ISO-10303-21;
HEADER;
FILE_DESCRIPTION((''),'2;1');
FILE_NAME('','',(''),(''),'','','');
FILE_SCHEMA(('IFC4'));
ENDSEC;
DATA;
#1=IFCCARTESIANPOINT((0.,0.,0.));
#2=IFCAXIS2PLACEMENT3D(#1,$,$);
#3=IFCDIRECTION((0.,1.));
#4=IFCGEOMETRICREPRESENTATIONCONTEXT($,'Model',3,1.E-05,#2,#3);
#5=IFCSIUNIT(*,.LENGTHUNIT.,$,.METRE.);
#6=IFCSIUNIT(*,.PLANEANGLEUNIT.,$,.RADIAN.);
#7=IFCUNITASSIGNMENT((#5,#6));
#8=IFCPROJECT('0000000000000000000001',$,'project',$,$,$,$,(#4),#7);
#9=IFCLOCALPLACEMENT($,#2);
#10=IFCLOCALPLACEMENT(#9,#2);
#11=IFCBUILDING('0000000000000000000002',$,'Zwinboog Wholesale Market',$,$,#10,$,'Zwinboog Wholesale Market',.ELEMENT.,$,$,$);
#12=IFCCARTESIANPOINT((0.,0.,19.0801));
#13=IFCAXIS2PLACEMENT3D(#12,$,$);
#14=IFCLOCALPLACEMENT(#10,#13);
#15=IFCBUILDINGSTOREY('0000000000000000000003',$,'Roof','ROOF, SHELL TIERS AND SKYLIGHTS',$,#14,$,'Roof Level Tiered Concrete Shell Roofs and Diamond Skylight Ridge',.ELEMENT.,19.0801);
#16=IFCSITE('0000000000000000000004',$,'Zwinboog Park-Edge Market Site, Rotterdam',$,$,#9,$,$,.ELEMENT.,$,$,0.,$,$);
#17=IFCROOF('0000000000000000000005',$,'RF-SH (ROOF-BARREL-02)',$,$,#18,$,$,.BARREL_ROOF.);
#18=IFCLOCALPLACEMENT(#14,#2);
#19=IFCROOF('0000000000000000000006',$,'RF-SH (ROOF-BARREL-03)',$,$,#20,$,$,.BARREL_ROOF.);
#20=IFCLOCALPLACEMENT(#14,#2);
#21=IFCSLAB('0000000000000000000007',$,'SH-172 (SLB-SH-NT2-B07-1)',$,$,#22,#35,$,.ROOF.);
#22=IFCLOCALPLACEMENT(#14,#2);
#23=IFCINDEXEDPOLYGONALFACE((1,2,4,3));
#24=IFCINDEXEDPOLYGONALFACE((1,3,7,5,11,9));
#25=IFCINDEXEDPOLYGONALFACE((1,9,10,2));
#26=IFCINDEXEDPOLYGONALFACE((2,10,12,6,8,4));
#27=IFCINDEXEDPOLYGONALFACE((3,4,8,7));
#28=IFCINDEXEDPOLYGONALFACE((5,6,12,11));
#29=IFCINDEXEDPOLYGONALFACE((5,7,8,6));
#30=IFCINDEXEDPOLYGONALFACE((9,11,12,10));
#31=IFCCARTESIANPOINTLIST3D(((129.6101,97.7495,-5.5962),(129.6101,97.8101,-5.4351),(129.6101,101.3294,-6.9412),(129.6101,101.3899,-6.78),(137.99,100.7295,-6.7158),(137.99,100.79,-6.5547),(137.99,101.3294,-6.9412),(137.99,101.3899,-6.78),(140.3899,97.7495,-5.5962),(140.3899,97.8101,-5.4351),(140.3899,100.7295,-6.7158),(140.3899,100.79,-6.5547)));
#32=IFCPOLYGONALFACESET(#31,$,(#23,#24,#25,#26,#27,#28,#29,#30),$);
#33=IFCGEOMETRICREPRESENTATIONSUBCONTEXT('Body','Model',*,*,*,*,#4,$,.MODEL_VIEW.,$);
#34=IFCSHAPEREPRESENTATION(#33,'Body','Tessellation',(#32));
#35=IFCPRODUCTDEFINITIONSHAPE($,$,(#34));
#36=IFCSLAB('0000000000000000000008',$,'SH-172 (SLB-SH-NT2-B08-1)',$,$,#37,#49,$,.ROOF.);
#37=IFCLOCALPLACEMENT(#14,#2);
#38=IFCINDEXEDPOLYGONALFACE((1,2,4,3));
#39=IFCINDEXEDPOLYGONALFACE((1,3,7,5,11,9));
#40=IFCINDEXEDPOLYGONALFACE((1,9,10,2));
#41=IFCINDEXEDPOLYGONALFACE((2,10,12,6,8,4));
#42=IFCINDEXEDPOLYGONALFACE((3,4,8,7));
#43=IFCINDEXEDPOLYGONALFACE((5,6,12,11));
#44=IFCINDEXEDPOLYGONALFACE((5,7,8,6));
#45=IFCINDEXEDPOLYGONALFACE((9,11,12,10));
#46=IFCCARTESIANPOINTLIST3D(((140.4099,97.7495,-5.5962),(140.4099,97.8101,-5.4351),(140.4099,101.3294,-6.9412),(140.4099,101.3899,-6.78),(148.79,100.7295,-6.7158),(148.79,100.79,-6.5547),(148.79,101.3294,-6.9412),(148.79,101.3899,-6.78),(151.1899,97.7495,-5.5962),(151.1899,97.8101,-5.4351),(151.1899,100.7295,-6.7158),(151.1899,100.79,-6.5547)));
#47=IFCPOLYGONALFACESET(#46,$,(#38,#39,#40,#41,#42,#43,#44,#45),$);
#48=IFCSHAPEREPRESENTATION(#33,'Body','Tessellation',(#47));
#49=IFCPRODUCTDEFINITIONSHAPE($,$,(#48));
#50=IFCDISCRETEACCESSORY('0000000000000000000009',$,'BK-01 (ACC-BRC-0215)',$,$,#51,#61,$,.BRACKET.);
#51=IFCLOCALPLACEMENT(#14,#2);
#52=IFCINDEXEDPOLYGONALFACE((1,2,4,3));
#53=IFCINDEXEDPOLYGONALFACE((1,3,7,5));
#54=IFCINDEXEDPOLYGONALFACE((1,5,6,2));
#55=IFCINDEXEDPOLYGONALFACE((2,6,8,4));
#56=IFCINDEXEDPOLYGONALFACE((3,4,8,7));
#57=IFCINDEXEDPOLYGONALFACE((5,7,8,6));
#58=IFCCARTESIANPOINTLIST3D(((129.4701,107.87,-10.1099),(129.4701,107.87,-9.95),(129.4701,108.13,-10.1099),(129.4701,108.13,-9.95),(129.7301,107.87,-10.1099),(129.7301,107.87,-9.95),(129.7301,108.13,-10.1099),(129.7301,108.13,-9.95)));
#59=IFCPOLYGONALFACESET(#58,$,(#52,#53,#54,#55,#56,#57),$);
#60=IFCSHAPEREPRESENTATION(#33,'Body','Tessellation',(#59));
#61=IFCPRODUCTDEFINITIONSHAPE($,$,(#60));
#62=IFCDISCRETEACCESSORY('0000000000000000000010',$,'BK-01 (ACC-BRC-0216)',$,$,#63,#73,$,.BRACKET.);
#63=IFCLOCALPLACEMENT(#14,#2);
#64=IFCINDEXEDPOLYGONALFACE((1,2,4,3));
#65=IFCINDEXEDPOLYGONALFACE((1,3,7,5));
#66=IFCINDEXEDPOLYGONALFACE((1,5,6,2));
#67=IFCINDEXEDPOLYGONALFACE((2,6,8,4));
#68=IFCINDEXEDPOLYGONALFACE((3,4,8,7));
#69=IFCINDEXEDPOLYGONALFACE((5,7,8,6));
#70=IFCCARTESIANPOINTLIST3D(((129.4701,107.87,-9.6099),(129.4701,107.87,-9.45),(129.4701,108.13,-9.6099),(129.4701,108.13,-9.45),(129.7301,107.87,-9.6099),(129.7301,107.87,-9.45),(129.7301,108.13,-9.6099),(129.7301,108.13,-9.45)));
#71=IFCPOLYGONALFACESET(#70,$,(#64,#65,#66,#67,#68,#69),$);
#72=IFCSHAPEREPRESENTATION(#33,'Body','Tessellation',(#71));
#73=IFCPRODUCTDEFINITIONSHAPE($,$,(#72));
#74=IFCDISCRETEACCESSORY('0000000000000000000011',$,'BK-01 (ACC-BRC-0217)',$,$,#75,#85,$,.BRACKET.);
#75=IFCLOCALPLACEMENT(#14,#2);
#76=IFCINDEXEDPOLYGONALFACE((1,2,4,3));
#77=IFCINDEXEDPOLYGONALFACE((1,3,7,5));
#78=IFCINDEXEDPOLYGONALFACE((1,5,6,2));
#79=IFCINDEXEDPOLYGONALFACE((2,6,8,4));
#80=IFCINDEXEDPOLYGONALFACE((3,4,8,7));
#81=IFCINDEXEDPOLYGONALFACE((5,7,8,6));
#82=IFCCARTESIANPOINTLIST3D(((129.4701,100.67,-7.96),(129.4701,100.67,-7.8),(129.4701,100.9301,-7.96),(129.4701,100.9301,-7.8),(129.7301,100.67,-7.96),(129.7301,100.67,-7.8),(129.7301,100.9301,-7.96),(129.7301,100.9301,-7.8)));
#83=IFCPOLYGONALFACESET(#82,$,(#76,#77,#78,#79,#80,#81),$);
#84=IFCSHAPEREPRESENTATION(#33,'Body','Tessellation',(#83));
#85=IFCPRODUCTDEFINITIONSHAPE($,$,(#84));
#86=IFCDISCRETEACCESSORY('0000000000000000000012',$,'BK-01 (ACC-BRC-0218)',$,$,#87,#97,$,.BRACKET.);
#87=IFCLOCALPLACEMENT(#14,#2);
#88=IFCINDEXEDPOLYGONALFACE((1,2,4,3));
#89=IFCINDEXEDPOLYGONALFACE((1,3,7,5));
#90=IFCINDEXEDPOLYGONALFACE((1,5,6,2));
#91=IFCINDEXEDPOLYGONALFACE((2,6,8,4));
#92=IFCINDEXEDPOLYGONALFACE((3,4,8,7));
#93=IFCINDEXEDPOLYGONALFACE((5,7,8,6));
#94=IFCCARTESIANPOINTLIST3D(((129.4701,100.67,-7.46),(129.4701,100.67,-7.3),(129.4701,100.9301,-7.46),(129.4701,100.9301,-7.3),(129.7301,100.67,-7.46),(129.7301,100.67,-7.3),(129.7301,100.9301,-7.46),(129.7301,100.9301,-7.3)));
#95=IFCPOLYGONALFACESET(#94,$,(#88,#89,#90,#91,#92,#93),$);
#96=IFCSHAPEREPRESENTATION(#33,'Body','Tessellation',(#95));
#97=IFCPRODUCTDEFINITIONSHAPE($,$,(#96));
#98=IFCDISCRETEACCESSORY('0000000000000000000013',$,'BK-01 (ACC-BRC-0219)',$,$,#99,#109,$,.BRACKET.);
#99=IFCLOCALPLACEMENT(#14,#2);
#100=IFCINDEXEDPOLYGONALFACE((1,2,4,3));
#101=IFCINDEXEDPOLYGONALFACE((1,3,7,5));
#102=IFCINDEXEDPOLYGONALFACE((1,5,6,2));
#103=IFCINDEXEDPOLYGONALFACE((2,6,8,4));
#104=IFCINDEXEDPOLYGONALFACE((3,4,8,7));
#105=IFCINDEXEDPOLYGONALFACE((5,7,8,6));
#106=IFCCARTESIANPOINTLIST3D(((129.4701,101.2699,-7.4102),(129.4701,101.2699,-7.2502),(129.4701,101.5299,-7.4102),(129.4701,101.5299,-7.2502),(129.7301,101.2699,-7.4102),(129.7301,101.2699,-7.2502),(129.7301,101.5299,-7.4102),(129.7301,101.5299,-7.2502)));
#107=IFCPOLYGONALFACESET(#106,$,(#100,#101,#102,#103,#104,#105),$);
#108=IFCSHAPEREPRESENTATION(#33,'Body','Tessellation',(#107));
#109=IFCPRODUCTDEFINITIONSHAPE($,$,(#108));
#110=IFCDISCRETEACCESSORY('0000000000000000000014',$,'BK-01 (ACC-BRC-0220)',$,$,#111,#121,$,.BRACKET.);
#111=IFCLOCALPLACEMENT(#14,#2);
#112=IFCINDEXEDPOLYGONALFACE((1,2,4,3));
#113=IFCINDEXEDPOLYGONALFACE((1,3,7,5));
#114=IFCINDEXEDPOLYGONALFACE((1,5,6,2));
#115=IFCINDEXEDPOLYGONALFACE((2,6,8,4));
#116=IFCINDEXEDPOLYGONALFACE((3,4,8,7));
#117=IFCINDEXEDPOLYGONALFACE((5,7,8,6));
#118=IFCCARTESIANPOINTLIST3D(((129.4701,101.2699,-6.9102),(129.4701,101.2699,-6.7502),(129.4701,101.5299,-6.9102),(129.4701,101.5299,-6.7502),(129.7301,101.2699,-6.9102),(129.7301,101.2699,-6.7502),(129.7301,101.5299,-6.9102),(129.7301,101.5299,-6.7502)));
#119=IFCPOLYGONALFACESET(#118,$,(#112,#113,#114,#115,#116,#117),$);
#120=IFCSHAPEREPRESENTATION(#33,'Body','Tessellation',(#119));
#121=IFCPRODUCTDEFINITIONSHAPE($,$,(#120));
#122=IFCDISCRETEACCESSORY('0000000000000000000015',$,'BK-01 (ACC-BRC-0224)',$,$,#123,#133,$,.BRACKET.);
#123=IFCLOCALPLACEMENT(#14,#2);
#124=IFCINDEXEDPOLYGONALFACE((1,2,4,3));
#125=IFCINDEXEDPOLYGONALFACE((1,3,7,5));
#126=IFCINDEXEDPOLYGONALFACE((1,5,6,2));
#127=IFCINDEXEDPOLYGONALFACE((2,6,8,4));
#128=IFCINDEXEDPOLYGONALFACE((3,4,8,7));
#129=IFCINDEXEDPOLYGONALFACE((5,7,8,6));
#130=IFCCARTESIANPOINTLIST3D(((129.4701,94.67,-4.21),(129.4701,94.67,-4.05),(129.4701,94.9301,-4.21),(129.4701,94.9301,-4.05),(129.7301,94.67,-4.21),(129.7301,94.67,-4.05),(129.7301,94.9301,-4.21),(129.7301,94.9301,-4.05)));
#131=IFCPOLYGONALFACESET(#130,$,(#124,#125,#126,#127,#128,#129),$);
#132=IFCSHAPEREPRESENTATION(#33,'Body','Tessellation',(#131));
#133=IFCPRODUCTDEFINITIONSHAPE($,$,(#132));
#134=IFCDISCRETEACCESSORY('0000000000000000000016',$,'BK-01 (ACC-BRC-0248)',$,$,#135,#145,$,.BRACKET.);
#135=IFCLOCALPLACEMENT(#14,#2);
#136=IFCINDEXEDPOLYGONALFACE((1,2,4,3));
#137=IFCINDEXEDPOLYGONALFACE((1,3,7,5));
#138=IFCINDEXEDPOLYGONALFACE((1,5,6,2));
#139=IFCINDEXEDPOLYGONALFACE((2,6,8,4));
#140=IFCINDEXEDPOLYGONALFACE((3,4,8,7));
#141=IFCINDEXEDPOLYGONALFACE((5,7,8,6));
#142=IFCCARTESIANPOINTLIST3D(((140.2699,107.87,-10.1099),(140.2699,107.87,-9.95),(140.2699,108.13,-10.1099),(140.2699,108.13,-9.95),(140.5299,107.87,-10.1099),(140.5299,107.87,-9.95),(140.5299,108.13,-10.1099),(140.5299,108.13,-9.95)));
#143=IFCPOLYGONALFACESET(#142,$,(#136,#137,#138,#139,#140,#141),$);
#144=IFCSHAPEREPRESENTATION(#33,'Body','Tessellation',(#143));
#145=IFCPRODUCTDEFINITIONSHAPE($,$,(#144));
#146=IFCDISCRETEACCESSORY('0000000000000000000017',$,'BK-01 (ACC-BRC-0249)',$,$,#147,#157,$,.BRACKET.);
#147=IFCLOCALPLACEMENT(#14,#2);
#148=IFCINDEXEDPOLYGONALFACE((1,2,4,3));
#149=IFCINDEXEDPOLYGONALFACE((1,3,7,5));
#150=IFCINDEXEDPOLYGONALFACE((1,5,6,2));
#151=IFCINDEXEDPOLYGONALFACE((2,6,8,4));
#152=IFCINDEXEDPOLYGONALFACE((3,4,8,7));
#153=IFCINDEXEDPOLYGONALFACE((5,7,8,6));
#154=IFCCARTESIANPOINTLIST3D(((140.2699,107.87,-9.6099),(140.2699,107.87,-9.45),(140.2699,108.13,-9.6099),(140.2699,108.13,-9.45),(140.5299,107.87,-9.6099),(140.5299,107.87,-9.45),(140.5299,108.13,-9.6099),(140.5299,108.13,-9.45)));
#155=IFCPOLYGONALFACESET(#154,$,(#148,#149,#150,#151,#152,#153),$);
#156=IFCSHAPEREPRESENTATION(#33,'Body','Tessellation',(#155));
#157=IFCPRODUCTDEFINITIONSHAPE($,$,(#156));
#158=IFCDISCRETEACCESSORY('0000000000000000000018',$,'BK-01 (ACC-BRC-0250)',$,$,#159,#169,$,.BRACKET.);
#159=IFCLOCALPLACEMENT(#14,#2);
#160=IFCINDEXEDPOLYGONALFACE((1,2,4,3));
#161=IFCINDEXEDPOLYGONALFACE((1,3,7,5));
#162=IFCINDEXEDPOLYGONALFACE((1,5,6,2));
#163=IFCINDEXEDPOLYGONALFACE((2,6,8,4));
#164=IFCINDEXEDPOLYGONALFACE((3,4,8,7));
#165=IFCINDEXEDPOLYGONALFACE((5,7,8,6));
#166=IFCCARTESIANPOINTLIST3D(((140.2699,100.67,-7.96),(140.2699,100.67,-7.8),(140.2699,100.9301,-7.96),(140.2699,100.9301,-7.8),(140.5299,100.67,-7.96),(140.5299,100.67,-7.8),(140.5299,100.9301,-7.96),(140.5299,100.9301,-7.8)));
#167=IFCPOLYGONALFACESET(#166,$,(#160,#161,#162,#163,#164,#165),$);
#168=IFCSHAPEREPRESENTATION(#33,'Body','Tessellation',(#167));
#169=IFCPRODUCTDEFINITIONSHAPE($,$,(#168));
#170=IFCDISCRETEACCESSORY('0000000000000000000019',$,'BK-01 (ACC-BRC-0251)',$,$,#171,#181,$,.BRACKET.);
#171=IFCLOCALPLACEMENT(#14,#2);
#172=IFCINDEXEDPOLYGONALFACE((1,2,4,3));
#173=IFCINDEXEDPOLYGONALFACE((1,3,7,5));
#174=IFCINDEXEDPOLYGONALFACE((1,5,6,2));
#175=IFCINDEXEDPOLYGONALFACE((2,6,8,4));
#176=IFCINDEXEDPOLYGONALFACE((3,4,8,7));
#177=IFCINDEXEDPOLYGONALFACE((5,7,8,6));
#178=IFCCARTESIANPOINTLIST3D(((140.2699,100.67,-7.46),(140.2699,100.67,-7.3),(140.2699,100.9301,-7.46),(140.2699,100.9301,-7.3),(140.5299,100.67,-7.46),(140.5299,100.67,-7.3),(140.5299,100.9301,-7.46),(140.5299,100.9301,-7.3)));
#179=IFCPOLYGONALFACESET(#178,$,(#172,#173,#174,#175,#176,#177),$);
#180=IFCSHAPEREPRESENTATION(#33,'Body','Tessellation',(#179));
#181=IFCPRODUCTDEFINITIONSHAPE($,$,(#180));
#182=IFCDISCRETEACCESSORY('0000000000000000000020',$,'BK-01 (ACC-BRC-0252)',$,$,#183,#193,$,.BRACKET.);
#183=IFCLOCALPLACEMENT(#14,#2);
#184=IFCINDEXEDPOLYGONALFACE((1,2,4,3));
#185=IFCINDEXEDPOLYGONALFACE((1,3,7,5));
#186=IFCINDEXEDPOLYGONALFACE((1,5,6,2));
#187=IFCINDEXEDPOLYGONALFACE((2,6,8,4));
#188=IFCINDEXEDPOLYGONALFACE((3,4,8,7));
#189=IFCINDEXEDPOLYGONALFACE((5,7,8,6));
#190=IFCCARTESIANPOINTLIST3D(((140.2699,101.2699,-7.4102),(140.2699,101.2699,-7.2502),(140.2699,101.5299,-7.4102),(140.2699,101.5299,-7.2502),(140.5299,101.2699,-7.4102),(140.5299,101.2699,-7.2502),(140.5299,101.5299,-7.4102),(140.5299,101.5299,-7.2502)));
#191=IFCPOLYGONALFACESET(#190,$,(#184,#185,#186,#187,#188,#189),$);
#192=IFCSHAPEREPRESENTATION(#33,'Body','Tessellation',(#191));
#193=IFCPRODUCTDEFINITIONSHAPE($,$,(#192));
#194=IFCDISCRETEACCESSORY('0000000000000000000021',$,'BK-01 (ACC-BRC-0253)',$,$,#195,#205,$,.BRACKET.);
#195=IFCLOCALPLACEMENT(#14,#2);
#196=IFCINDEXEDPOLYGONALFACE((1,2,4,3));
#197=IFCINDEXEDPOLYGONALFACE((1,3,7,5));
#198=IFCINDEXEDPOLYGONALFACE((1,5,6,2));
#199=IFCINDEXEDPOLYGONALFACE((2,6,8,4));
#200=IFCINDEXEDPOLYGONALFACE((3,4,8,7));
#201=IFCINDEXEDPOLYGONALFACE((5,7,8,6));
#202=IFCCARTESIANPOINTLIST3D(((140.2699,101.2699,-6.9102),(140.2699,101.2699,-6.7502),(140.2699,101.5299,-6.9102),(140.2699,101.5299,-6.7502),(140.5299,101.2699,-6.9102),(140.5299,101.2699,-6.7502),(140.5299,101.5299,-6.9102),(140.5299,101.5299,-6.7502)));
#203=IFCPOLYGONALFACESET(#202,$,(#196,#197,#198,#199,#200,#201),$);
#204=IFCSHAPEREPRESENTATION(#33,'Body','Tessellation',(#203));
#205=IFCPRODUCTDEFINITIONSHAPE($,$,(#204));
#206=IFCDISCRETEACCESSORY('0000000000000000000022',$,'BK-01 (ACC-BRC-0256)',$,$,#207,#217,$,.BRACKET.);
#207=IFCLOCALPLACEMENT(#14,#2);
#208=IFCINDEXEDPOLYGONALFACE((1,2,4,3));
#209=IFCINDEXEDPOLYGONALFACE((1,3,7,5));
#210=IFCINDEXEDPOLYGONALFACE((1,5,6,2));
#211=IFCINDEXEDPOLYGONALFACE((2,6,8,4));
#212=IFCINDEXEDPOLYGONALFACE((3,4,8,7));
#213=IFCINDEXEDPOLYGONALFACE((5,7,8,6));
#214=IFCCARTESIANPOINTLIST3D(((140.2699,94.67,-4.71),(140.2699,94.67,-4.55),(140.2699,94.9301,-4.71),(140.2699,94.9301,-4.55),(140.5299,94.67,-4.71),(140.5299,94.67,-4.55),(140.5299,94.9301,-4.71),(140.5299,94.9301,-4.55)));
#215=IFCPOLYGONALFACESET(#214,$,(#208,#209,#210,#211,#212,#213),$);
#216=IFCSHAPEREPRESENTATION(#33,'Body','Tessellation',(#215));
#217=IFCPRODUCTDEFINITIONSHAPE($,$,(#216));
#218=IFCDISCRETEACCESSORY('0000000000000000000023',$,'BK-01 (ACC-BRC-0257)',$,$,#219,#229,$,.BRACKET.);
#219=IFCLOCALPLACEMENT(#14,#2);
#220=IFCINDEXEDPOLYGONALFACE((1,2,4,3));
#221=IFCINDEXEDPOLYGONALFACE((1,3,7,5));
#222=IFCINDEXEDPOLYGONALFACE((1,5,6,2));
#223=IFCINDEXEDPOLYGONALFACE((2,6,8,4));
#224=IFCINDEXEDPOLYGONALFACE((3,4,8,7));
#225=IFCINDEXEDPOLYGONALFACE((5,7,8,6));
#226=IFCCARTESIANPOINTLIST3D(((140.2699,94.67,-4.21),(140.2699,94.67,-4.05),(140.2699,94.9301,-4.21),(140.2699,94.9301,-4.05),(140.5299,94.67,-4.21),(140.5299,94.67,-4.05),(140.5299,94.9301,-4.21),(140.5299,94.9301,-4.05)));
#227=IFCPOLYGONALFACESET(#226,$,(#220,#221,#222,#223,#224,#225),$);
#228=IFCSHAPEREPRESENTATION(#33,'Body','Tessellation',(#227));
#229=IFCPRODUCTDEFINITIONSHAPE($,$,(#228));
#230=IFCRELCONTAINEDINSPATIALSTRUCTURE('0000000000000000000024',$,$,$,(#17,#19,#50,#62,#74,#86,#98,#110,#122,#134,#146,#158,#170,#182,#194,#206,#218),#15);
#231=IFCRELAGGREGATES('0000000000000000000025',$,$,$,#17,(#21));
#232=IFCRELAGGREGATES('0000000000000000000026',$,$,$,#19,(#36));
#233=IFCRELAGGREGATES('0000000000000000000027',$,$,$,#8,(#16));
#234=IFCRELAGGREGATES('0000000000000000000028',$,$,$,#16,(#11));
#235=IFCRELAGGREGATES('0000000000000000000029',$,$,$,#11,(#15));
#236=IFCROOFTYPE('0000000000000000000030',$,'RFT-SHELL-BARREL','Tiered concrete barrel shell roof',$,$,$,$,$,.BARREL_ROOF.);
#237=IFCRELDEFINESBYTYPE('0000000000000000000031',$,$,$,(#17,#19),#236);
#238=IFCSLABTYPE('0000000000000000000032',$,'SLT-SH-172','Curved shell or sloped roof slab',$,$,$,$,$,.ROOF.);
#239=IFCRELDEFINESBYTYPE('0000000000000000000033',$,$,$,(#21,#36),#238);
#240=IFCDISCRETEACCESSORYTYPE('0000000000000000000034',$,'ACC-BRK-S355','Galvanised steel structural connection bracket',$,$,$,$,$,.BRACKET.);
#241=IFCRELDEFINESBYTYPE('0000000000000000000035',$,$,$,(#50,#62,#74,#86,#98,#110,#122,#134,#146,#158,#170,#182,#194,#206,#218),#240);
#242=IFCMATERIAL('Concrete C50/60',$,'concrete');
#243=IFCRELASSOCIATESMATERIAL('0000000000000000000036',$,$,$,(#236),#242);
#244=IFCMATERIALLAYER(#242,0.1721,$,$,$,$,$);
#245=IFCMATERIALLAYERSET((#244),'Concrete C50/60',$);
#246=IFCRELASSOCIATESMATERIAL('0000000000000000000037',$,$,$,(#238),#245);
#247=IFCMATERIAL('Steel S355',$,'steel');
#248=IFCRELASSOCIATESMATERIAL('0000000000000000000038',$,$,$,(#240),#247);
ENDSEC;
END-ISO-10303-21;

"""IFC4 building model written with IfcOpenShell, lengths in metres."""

from ifc_helpers import new_model, si_unit, direction, frame, origin, origin_2d, place, context, subcontext, project, spatial, polyline, rectangle, outline, extrude, material, layer, layer_set, type_object, element, aggregate, save


model = new_model("IFC4")

# Units and contexts
model_context = context("Model", 3, precision=1e-05, world=origin(), true_north=direction((0.0, 1.0)))
body_context = subcontext(model_context, "Body", "Model", "MODEL_VIEW")
ifc_project = project(units=[si_unit("LENGTHUNIT", "METRE"), si_unit("PLANEANGLEUNIT", "RADIAN")], contexts=[model_context])

# Site, building, storey
site_placement = place(None, origin())
site = spatial("IfcSite", under=ifc_project, at=site_placement, Name="Zwinboog Park-Edge Market Site, Rotterdam", CompositionType="ELEMENT", RefElevation=0.0)
building_placement = place(site_placement, origin())
building = spatial("IfcBuilding", under=site, at=building_placement, Name="Zwinboog Wholesale Market", LongName="Zwinboog Wholesale Market", CompositionType="ELEMENT")
storey_placement = place(building_placement, frame((0.0, 0.0, 19.0801)))
storey = spatial("IfcBuildingStorey", under=building, at=storey_placement, Name="Roof", Description="ROOF, SHELL TIERS AND SKYLIGHTS", LongName="Roof Level Tiered Concrete Shell Roofs and Diamond Skylight Ridge", CompositionType="ELEMENT", Elevation=19.0801)

# Shared definitions
ifc_material_1 = material(Name="Steel S355", Category="steel")

# Roofs
ifc_material_2 = material(Name="Concrete C50/60", Category="concrete")
roof_type = type_object("IfcRoofType", Name="RFT-SHELL-BARREL", Description="Tiered concrete barrel shell roof", PredefinedType="BARREL_ROOF", material=ifc_material_2)
roof_1_placement = place(storey_placement, origin())
roof_1 = element("IfcRoof", 1, at=roof_1_placement, inside=storey, type_object=roof_type, Name="RF-SH (ROOF-BARREL-02)", PredefinedType="BARREL_ROOF")
roof_2_placement = place(storey_placement, origin())
roof_2 = element("IfcRoof", 2, at=roof_2_placement, inside=storey, type_object=roof_type, Name="RF-SH (ROOF-BARREL-03)", PredefinedType="BARREL_ROOF")

# Slabs
ifc_layer_1 = layer(ifc_material_2, 0.1721)
ifc_layer_set_1 = layer_set([ifc_layer_1], Name="Concrete C50/60")
slab_type_1 = type_object("IfcSlabType", Name="SLT-SH-172", Description="Curved shell or sloped roof slab", PredefinedType="ROOF", material=ifc_layer_set_1)
slab_1_placement = place(storey_placement, frame((129.6101, 97.8101, -5.4351), z_axis=(0.000001, 0.351706, 0.936111), x_axis=(1.0, 0.0, -0.000001)))
slab_1 = element("IfcSlab", 3, at=slab_1_placement, type_object=slab_type_1, Name="SH-172 (SLB-SH-NT2-B07-1)", PredefinedType="ROOF", context=body_context, shape_type="SweptSolid", body=[
    extrude(outline(polyline([(0.0, 0.0), (10.7798, 0.0), (10.7798, 3.1834), (8.3799, 3.1834), (8.3799, 3.8242), (0.0, 3.8242), (0.0, 0.0)])), origin(), (0.0, 0.0, -1.0), 0.1721),
])
aggregate(roof_1, [slab_1])
slab_2_placement = place(storey_placement, frame((140.4099, 97.8101, -5.4351), z_axis=(0.000001, 0.351706, 0.936111), x_axis=(1.0, 0.0, -0.000001)))
slab_2 = element("IfcSlab", 4, at=slab_2_placement, type_object=slab_type_1, Name="SH-172 (SLB-SH-NT2-B08-1)", PredefinedType="ROOF", context=body_context, shape_type="SweptSolid", body=[
    extrude(outline(polyline([(0.0, 0.0), (10.78, 0.0), (10.78, 3.1834), (8.3801, 3.1834), (8.3801, 3.8242), (0.0, 3.8242), (0.0, 0.0)])), origin(), (0.0, 0.0, -1.0), 0.1721),
])
aggregate(roof_2, [slab_2])

# Discrete accessories
discrete_accessory_type = type_object("IfcDiscreteAccessoryType", Name="ACC-BRK-S355", Description="Galvanised steel structural connection bracket", PredefinedType="BRACKET", material=ifc_material_1)
for number, where, z_axis, x_axis, name in (
    (5, (129.6001, 108.0, -10.1099), (0.0, 0.0, 1.0), (1.0, 0.0, 0.0), "BK-01 (ACC-BRC-0215)"),
    (6, (129.6001, 108.0, -9.6099), (0.0, 0.0, 1.0), (1.0, 0.0, 0.0), "BK-01 (ACC-BRC-0216)"),
    (7, (129.6001, 100.8, -7.96), (0.0, 0.0, 1.0), (1.0, 0.0, 0.0), "BK-01 (ACC-BRC-0217)"),
    (8, (129.6001, 100.8, -7.46), (0.0, 0.0, 1.0), (1.0, 0.0, 0.0), "BK-01 (ACC-BRC-0218)"),
    (9, (129.6001, 101.3999, -7.4102), (0.0, 0.0, 1.0), (1.0, 0.0, 0.0), "BK-01 (ACC-BRC-0219)"),
    (10, (129.6001, 101.3999, -6.9102), (0.0, 0.0, 1.0), (1.0, 0.0, 0.0), "BK-01 (ACC-BRC-0220)"),
    (11, (129.6001, 94.8, -4.21), (0.0, 0.0, 1.0), (1.0, 0.0, 0.0), "BK-01 (ACC-BRC-0224)"),
    (12, (140.3999, 108.0, -10.1099), (0.0, 0.0, 1.0), (1.0, 0.0, 0.0), "BK-01 (ACC-BRC-0248)"),
    (13, (140.3999, 108.0, -9.6099), (0.0, 0.0, 1.0), (1.0, 0.0, 0.0), "BK-01 (ACC-BRC-0249)"),
    (14, (140.3999, 100.8, -7.96), (0.0, 0.0, 1.0), (1.0, 0.0, 0.0), "BK-01 (ACC-BRC-0250)"),
    (15, (140.3999, 100.8, -7.46), (0.0, 0.0, 1.0), (1.0, 0.0, 0.0), "BK-01 (ACC-BRC-0251)"),
    (16, (140.3999, 101.3999, -7.4102), (0.0, 0.0, 1.0), (1.0, 0.0, 0.0), "BK-01 (ACC-BRC-0252)"),
    (17, (140.3999, 101.3999, -6.9102), (0.0, 0.0, 1.0), (1.0, 0.0, 0.0), "BK-01 (ACC-BRC-0253)"),
    (18, (140.3999, 94.8, -4.71), (0.0, 0.0, 1.0), (1.0, 0.0, 0.0), "BK-01 (ACC-BRC-0256)"),
    (19, (140.3999, 94.8, -4.21), (0.0, 0.0, 1.0), (1.0, 0.0, 0.0), "BK-01 (ACC-BRC-0257)"),
):
    element("IfcDiscreteAccessory", number, at=place(storey_placement, frame(where, z_axis=z_axis, x_axis=x_axis)), inside=storey, type_object=discrete_accessory_type, Name=name, PredefinedType="BRACKET", context=body_context, shape_type="SweptSolid", body=[
        extrude(rectangle(XDim=0.26, YDim=0.26, at=origin_2d()), origin(), (0.0, 0.0, 1.0), 0.1599),
    ])

save(model, "model.ifc")
